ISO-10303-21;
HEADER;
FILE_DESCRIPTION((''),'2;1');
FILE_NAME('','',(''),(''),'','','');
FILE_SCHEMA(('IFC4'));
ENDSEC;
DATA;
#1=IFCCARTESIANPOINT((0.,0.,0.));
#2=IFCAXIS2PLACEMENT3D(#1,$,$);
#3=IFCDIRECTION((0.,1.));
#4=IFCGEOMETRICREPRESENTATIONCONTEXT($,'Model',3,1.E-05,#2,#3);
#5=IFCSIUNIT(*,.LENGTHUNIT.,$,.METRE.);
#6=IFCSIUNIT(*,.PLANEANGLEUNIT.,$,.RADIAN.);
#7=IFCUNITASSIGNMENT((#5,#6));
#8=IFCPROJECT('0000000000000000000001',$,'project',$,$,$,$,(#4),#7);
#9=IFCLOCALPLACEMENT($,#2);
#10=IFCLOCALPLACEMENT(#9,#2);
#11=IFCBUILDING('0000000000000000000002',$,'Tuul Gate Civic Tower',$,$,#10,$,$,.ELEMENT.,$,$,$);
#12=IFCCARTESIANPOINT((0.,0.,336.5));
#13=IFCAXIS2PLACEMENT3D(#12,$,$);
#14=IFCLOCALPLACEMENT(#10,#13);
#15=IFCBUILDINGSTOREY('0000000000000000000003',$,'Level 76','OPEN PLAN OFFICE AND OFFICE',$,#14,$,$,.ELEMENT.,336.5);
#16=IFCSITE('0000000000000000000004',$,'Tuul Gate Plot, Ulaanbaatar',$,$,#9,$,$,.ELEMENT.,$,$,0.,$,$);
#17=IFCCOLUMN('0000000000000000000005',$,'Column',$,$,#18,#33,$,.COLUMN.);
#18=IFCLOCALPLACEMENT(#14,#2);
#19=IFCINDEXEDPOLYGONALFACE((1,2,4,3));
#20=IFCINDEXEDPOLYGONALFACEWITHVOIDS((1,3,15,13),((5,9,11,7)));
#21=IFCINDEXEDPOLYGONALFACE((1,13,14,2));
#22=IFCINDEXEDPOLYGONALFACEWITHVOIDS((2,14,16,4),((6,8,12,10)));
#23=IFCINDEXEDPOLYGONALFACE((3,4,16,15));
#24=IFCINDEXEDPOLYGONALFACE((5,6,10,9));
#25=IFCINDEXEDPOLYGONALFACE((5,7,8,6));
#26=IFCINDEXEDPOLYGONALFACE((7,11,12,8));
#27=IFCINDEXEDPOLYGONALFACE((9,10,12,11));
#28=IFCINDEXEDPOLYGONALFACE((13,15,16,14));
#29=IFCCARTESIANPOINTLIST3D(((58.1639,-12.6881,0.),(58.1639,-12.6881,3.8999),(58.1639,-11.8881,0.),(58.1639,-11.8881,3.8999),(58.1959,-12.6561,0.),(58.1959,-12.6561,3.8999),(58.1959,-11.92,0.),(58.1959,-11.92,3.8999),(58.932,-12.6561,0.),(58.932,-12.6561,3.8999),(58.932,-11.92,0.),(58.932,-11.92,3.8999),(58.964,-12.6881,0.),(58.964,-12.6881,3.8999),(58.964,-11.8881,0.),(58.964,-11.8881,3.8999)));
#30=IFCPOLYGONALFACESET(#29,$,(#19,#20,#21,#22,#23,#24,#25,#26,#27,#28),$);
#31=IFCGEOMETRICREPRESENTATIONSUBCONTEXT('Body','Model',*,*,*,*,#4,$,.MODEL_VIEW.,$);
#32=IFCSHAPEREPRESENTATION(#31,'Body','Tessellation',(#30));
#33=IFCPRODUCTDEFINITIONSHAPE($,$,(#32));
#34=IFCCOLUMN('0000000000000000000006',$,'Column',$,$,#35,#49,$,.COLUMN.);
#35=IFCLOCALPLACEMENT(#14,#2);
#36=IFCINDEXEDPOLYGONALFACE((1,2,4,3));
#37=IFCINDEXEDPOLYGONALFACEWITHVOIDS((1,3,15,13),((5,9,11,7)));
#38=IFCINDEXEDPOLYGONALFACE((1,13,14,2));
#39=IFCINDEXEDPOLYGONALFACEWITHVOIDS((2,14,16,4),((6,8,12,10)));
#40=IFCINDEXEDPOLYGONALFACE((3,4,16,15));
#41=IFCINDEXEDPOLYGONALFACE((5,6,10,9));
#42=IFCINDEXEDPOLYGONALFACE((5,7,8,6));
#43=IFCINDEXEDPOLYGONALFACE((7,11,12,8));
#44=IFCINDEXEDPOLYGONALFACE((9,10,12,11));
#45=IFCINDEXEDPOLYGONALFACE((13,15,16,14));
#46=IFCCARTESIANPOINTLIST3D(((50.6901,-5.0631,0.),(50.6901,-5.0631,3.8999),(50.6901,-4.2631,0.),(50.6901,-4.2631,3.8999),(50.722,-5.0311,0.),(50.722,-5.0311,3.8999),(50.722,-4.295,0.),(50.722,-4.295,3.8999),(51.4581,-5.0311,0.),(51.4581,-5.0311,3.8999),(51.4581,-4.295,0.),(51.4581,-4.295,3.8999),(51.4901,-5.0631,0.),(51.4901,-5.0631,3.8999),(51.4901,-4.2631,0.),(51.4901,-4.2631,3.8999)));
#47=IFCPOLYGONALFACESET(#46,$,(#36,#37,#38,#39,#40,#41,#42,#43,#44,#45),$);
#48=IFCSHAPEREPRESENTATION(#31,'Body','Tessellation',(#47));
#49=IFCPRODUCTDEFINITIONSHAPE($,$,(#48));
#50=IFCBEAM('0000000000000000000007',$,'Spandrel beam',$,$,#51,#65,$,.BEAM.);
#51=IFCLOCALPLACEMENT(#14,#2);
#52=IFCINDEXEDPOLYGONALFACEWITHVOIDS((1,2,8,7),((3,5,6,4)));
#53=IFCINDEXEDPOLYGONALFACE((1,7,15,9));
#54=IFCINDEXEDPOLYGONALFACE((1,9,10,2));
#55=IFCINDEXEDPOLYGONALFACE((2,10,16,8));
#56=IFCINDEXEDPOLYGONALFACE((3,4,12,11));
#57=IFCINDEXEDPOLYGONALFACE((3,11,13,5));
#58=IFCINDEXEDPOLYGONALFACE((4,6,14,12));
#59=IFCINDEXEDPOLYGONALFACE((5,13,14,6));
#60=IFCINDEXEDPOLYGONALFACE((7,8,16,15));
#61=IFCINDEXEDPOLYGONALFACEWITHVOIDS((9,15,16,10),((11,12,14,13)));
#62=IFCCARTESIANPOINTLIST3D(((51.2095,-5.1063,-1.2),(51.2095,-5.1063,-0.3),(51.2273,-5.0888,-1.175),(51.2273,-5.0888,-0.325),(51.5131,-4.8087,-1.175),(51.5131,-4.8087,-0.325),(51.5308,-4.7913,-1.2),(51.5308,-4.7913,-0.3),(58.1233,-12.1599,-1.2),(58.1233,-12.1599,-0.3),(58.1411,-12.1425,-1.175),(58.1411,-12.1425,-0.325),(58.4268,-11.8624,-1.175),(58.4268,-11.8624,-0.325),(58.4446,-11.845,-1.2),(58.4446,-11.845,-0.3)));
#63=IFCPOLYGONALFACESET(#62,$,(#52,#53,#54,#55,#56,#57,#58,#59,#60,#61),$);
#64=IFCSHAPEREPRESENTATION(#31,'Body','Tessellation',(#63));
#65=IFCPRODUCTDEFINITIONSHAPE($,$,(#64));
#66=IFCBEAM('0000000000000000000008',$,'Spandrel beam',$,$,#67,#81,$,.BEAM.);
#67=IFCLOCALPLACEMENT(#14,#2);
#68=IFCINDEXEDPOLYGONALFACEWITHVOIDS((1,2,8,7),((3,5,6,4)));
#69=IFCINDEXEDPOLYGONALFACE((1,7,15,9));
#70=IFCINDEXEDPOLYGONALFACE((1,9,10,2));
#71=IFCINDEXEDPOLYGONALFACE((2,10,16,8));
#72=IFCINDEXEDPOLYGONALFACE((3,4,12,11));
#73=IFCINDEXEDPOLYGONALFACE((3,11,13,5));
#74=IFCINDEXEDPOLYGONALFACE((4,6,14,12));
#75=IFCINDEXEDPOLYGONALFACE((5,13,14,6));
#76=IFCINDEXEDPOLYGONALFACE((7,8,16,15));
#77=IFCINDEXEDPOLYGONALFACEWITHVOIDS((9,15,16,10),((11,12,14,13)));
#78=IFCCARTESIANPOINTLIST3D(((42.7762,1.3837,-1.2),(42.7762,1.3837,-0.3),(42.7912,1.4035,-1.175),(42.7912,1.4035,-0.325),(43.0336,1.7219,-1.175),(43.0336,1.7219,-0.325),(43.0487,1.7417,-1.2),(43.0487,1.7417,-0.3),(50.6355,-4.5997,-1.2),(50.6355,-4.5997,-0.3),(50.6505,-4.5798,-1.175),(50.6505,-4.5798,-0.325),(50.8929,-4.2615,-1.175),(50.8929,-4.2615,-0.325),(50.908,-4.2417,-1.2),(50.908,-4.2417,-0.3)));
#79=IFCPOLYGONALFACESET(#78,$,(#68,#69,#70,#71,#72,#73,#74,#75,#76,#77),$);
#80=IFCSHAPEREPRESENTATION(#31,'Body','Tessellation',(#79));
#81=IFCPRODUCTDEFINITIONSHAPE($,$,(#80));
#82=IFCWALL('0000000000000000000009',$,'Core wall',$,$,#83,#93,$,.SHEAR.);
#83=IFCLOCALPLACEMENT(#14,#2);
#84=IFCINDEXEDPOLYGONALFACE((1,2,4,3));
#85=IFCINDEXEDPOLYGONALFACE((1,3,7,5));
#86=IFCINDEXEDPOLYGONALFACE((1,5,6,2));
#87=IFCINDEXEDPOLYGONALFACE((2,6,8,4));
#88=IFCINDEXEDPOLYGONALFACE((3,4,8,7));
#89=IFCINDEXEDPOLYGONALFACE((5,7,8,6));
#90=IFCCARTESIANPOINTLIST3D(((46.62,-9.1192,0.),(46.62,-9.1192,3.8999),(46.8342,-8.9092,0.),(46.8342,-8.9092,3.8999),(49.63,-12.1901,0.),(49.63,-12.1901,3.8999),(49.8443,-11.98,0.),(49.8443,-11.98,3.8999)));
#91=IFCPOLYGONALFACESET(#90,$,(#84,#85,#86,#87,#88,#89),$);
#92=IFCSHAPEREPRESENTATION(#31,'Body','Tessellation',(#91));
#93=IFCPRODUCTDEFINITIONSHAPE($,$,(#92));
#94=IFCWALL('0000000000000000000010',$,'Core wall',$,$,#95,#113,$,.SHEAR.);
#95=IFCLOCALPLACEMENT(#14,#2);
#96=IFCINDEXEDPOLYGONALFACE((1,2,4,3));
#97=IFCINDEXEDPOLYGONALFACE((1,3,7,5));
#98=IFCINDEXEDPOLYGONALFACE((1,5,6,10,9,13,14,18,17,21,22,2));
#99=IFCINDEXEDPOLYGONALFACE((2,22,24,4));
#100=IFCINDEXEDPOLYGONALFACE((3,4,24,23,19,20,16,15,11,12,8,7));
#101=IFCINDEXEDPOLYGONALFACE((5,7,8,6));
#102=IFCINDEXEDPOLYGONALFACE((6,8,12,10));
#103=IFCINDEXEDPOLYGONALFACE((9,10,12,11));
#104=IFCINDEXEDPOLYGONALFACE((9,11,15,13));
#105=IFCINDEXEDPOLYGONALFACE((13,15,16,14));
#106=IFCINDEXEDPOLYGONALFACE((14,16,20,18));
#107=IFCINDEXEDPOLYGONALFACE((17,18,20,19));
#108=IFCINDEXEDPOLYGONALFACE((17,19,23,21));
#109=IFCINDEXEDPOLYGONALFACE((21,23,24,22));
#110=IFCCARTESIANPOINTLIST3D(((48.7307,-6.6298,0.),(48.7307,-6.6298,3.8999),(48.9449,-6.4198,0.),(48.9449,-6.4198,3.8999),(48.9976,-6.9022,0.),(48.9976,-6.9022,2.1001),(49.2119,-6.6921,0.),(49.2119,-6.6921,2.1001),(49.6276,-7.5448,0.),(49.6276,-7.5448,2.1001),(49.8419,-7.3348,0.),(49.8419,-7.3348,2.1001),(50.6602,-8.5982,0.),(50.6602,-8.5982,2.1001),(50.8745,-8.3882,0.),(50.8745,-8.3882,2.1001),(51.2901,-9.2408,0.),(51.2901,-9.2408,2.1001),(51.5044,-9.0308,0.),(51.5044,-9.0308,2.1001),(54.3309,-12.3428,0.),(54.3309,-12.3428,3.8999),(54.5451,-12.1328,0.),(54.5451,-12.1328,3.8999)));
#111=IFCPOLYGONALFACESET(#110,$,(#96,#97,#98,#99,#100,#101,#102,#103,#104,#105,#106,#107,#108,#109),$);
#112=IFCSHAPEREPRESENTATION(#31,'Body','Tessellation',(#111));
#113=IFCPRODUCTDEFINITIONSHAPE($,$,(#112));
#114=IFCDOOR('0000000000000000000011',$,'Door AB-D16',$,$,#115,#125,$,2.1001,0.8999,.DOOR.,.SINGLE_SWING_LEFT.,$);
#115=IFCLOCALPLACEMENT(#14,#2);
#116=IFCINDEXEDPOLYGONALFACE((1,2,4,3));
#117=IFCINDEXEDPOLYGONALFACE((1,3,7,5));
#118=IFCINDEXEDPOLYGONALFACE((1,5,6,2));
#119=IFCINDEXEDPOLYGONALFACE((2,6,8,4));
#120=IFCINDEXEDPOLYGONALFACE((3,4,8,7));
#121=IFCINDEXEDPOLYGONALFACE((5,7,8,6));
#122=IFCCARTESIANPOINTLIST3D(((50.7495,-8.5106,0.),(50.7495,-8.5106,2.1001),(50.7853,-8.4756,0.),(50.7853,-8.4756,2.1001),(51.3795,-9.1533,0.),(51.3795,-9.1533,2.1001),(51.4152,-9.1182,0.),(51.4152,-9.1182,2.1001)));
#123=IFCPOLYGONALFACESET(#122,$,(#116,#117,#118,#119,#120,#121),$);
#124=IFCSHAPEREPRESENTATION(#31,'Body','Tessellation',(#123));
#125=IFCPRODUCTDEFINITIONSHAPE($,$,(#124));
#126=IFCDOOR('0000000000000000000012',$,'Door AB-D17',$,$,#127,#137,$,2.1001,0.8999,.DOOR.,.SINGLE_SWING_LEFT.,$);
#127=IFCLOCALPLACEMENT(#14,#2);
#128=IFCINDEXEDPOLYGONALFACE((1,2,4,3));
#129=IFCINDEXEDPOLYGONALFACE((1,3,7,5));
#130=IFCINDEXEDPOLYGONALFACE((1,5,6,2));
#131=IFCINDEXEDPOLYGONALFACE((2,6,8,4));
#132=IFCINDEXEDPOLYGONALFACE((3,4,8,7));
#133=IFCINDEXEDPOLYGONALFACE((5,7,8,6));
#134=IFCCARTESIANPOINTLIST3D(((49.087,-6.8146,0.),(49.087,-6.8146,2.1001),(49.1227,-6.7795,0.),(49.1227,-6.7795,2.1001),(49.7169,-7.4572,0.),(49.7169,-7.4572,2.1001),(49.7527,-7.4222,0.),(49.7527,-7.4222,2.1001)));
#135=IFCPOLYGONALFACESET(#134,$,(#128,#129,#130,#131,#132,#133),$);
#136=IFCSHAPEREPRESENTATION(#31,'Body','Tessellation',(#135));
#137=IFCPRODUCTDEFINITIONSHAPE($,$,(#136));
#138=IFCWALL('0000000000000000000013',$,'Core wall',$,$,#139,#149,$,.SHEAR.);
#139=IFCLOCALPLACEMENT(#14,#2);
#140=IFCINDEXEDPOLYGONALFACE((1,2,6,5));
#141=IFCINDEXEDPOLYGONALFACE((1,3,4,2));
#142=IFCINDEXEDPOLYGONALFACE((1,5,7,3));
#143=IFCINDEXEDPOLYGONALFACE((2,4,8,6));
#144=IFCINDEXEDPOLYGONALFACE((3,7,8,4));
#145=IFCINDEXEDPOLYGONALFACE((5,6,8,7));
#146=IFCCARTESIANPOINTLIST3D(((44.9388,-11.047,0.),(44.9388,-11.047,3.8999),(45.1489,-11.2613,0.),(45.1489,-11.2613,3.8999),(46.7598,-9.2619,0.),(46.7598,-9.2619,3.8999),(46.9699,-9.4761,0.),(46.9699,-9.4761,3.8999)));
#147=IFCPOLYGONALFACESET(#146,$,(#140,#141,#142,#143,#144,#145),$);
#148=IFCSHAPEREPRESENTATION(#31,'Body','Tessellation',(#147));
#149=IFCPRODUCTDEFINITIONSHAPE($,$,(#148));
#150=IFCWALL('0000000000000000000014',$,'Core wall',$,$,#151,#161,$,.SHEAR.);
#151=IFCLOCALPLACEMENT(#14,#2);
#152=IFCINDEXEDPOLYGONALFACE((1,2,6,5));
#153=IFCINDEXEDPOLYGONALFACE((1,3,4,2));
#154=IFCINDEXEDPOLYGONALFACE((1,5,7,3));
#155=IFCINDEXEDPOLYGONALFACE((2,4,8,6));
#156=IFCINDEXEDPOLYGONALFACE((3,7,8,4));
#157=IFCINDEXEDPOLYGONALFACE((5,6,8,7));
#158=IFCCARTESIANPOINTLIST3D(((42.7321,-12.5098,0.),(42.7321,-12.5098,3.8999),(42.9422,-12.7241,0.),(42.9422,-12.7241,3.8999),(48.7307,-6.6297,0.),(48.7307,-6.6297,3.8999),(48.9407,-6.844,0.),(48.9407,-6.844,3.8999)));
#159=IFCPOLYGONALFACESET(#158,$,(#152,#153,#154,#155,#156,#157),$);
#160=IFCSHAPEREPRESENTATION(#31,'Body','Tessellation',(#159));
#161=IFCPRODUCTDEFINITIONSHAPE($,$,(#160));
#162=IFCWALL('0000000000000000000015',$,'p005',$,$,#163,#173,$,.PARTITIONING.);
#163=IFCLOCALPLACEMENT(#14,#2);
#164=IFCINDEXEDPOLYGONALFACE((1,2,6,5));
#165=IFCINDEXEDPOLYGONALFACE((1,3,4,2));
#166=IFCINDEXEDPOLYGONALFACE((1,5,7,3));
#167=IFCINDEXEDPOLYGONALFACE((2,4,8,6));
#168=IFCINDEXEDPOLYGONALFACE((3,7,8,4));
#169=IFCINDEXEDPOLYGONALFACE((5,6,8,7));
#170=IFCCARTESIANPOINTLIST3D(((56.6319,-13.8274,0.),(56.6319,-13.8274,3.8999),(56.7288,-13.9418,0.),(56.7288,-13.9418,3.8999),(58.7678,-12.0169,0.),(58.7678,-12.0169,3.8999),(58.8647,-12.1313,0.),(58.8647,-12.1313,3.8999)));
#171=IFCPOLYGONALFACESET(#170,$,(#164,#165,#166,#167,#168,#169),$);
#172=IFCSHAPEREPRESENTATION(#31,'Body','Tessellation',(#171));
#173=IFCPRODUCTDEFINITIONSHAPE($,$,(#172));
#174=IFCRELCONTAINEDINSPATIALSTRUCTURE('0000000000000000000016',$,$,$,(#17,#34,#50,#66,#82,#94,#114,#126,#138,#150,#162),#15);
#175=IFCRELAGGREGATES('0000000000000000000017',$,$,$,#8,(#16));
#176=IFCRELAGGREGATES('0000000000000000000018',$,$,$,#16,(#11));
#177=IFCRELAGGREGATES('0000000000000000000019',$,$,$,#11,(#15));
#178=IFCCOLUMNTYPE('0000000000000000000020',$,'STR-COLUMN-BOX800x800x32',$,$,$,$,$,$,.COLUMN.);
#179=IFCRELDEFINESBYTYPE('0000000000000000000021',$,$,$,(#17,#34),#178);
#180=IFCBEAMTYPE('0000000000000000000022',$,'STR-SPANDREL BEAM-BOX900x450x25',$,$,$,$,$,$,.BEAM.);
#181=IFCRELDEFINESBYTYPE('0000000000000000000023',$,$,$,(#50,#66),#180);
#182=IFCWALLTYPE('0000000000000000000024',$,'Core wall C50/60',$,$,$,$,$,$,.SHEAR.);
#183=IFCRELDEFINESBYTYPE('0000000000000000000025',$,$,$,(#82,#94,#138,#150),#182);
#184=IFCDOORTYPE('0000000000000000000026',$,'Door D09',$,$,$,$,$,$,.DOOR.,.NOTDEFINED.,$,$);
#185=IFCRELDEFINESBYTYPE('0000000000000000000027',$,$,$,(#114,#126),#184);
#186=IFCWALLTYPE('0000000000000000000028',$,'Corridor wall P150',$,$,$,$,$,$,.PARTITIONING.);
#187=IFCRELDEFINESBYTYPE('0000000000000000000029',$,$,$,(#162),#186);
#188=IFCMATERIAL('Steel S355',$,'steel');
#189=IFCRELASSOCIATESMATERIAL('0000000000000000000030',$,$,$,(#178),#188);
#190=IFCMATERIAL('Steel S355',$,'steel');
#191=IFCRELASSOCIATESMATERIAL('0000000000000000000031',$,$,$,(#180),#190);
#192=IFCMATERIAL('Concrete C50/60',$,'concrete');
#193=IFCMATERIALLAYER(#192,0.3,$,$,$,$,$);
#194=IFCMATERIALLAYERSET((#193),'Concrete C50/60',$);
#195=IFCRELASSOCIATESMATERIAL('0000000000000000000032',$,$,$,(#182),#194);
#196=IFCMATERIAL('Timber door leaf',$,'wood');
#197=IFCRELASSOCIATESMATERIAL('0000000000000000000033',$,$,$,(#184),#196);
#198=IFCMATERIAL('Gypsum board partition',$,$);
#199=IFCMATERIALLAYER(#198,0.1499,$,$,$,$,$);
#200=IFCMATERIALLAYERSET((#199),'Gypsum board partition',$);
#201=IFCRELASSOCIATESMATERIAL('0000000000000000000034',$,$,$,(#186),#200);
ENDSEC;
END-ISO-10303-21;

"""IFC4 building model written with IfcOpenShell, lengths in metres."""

from ifc_helpers import new_model, si_unit, direction, frame, frame_2d, origin, origin_2d, place, context, subcontext, project, spatial, rectangle, hollow_rectangle, extrude, material, layer, layer_set, material_profile, profile_set, type_object, element, fill, save


model = new_model("IFC4")

# Units and contexts
model_context = context("Model", 3, precision=1e-05, world=origin(), true_north=direction((0.0, 1.0)))
body_context = subcontext(model_context, "Body", "Model", "MODEL_VIEW")
ifc_project = project(units=[si_unit("LENGTHUNIT", "METRE"), si_unit("PLANEANGLEUNIT", "RADIAN")], contexts=[model_context])

# Site, building, storey
site_placement = place(None, origin())
site = spatial("IfcSite", under=ifc_project, at=site_placement, Name="Tuul Gate Plot, Ulaanbaatar", CompositionType="ELEMENT", RefElevation=0.0)
building_placement = place(site_placement, origin())
building = spatial("IfcBuilding", under=site, at=building_placement, Name="Tuul Gate Civic Tower", CompositionType="ELEMENT")
storey_placement = place(building_placement, frame((0.0, 0.0, 336.5)))
storey = spatial("IfcBuildingStorey", under=building, at=storey_placement, Name="Level 76", Description="OPEN PLAN OFFICE AND OFFICE", CompositionType="ELEMENT", Elevation=336.5)

# Columns
ifc_material_1 = material(Name="Steel S355", Category="steel")
ifc_material_profile_1 = material_profile(ifc_material_1, hollow_rectangle(XDim=0.8, YDim=0.8, WallThickness=0.032, at=origin_2d()), Name="BOX800x800x32")
ifc_profile_set_1 = profile_set([ifc_material_profile_1], Name="Steel S355")
column_type = type_object("IfcColumnType", Name="STR-COLUMN-BOX800x800x32", PredefinedType="COLUMN", material=ifc_profile_set_1)
for number, where, z_axis, x_axis, name in (
    (1, (58.564, -12.2881, 0.0), (0.0, 0.0, 1.0), (1.0, 0.0, 0.0), "Column"),
    (2, (51.0901, -4.6631, 0.0), (0.0, 0.0, 1.0), (1.0, 0.0, 0.0), "Column"),
):
    element("IfcColumn", number, at=place(storey_placement, frame(where, z_axis=z_axis, x_axis=x_axis)), inside=storey, type_object=column_type, Name=name, PredefinedType="COLUMN", context=body_context, shape_type="SweptSolid", body=[
        extrude(hollow_rectangle(XDim=0.8, YDim=0.8, WallThickness=0.032, at=origin_2d()), origin(), (0.0, 0.0, 1.0), 3.8999),
    ])

# Beams
ifc_material_2 = material(Name="Steel S355", Category="steel")
ifc_material_profile_2 = material_profile(ifc_material_2, hollow_rectangle(XDim=0.45, YDim=0.8999, WallThickness=0.0249, at=origin_2d()), Name="BOX900x450x25")
ifc_profile_set_2 = profile_set([ifc_material_profile_2], Name="Steel S355")
beam_type = type_object("IfcBeamType", Name="STR-SPANDREL BEAM-BOX900x450x25", PredefinedType="BEAM", material=ifc_profile_set_2)
beam_1_placement = place(storey_placement, frame((58.2839, -12.0024, -0.75), z_axis=(-0.69999, 0.714153, 0.0), x_axis=(-0.714153, -0.69999, 0.0)))
element("IfcBeam", 3, at=beam_1_placement, inside=storey, type_object=beam_type, Name="Spandrel beam", PredefinedType="BEAM", context=body_context, shape_type="SweptSolid", body=[
    extrude(hollow_rectangle(XDim=0.45, YDim=0.8999, WallThickness=0.0249, at=origin_2d()), origin(), (0.0, 0.0, 1.0), 9.877),
])
beam_2_placement = place(storey_placement, frame((50.7717, -4.4207, -0.75), z_axis=(-0.795661, 0.605742, 0.0), x_axis=(-0.605742, -0.795661, 0.0)))
element("IfcBeam", 4, at=beam_2_placement, inside=storey, type_object=beam_type, Name="Spandrel beam", PredefinedType="BEAM", context=body_context, shape_type="SweptSolid", body=[
    extrude(hollow_rectangle(XDim=0.45, YDim=0.8999, WallThickness=0.0249, at=origin_2d()), origin(), (0.0, 0.0, 1.0), 9.8777),
])

# Wall
ifc_material_3 = material(Name="Concrete C50/60", Category="concrete")
ifc_layer_1 = layer(ifc_material_3, 0.3)
ifc_layer_set_1 = layer_set([ifc_layer_1], Name="Concrete C50/60")
wall_type_1 = type_object("IfcWallType", Name="Core wall C50/60", PredefinedType="SHEAR", material=ifc_layer_set_1)
wall_1_placement = place(storey_placement, frame((49.7371, -12.085, 0.0), z_axis=(0.0, 0.0, 1.0), x_axis=(-0.700003, 0.71414, 0.0)))
element("IfcWall", 5, at=wall_1_placement, inside=storey, type_object=wall_type_1, Name="Core wall", PredefinedType="SHEAR", context=body_context, shape_type="SweptSolid", body=[
    extrude(rectangle(XDim=4.3, YDim=0.3, at=frame_2d((2.1499, 0.0))), origin(), (0.0, 0.0, 1.0), 3.8999),
])

# Wall, openings, doors
wall_2_placement = place(storey_placement, frame((54.438, -12.2378, 0.0), z_axis=(0.0, 0.0, 1.0), x_axis=(-0.700022, 0.714121, 0.0)))
wall_2 = element("IfcWall", 6, at=wall_2_placement, inside=storey, type_object=wall_type_1, Name="Core wall", PredefinedType="SHEAR", context=body_context, shape_type="SweptSolid", body=[
    extrude(rectangle(XDim=8.0, YDim=0.3, at=frame_2d((4.0, 0.0))), origin(), (0.0, 0.0, 1.0), 3.8999),
])
opening_1_placement = place(wall_2_placement, frame((4.3438, 0.0, 0.0)))
opening_1 = element("IfcOpeningElement", 7, at=opening_1_placement, cuts=wall_2, PredefinedType="OPENING", context=body_context, shape_type="SweptSolid", body=[
    extrude(rectangle(XDim=0.8999, YDim=2.1001, at=frame_2d((0.45, 1.05))), frame((0.0, 0.1602, 0.0), z_axis=(0.0, -1.0, 0.0), x_axis=(1.0, 0.0, 0.0)), (0.0, 0.0, 1.0), 0.3201),
])
opening_2_placement = place(wall_2_placement, frame((6.7188, 0.0, 0.0)))
opening_2 = element("IfcOpeningElement", 8, at=opening_2_placement, cuts=wall_2, PredefinedType="OPENING", context=body_context, shape_type="SweptSolid", body=[
    extrude(rectangle(XDim=0.8999, YDim=2.1001, at=frame_2d((0.45, 1.05))), frame((0.0, 0.1602, 0.0), z_axis=(0.0, -1.0, 0.0), x_axis=(1.0, 0.0, 0.0)), (0.0, 0.0, 1.0), 0.3201),
])
ifc_material_4 = material(Name="Timber door leaf", Category="wood")
door_type = type_object("IfcDoorType", Name="Door D09", OperationType="NOTDEFINED", PredefinedType="DOOR", material=ifc_material_4)
door_1_placement = place(opening_1_placement, origin())
door_1 = element("IfcDoor", 9, at=door_1_placement, inside=storey, type_object=door_type, Name="Door AB-D16", OperationType="SINGLE_SWING_LEFT", OverallHeight=2.1001, OverallWidth=0.8999, PredefinedType="DOOR", context=body_context, shape_type="SweptSolid", body=[
    extrude(rectangle(XDim=0.8999, YDim=2.1001, at=frame_2d((0.45, 1.05))), frame((0.0, 0.0249, 0.0), z_axis=(0.0, -1.0, 0.0), x_axis=(1.0, 0.0, 0.0)), (0.0, 0.0, 1.0), 0.05),
])
fill(opening_1, door_1)
door_2_placement = place(opening_2_placement, origin())
door_2 = element("IfcDoor", 10, at=door_2_placement, inside=storey, type_object=door_type, Name="Door AB-D17", OperationType="SINGLE_SWING_LEFT", OverallHeight=2.1001, OverallWidth=0.8999, PredefinedType="DOOR", context=body_context, shape_type="SweptSolid", body=[
    extrude(rectangle(XDim=0.8999, YDim=2.1001, at=frame_2d((0.45, 1.05))), frame((0.0, 0.0249, 0.0), z_axis=(0.0, -1.0, 0.0), x_axis=(1.0, 0.0, 0.0)), (0.0, 0.0, 1.0), 0.05),
])
fill(opening_2, door_2)

# Walls
wall_3_placement = place(storey_placement, frame((45.0439, -11.1541, 0.0), z_axis=(0.0, 0.0, 1.0), x_axis=(0.714108, 0.700035, 0.0)))
element("IfcWall", 11, at=wall_3_placement, inside=storey, type_object=wall_type_1, Name="Core wall", PredefinedType="SHEAR", context=body_context, shape_type="SweptSolid", body=[
    extrude(rectangle(XDim=2.55, YDim=0.3, at=frame_2d((1.2749, 0.0))), origin(), (0.0, 0.0, 1.0), 3.8999),
])
wall_4_placement = place(storey_placement, frame((42.8372, -12.6169, 0.0), z_axis=(0.0, 0.0, 1.0), x_axis=(0.71412, 0.700023, 0.0)))
element("IfcWall", 12, at=wall_4_placement, inside=storey, type_object=wall_type_1, Name="Core wall", PredefinedType="SHEAR", context=body_context, shape_type="SweptSolid", body=[
    extrude(rectangle(XDim=8.3999, YDim=0.3, at=frame_2d((4.2, 0.0))), origin(), (0.0, 0.0, 1.0), 3.8999),
])
ifc_material_5 = material(Name="Gypsum board partition")
ifc_layer_2 = layer(ifc_material_5, 0.1499)
ifc_layer_set_2 = layer_set([ifc_layer_2], Name="Gypsum board partition")
wall_type_2 = type_object("IfcWallType", Name="Corridor wall P150", PredefinedType="PARTITIONING", material=ifc_layer_set_2)
wall_5_placement = place(storey_placement, frame((56.6804, -13.8845, 0.0), z_axis=(0.0, 0.0, 1.0), x_axis=(0.762827, 0.646603, 0.0)))
element("IfcWall", 13, at=wall_5_placement, inside=storey, type_object=wall_type_2, Name="p005", PredefinedType="PARTITIONING", context=body_context, shape_type="SweptSolid", body=[
    extrude(rectangle(XDim=2.8, YDim=0.1499, at=frame_2d((1.3999, 0.0))), origin(), (0.0, 0.0, 1.0), 3.8999),
])

save(model, "model.ifc")
